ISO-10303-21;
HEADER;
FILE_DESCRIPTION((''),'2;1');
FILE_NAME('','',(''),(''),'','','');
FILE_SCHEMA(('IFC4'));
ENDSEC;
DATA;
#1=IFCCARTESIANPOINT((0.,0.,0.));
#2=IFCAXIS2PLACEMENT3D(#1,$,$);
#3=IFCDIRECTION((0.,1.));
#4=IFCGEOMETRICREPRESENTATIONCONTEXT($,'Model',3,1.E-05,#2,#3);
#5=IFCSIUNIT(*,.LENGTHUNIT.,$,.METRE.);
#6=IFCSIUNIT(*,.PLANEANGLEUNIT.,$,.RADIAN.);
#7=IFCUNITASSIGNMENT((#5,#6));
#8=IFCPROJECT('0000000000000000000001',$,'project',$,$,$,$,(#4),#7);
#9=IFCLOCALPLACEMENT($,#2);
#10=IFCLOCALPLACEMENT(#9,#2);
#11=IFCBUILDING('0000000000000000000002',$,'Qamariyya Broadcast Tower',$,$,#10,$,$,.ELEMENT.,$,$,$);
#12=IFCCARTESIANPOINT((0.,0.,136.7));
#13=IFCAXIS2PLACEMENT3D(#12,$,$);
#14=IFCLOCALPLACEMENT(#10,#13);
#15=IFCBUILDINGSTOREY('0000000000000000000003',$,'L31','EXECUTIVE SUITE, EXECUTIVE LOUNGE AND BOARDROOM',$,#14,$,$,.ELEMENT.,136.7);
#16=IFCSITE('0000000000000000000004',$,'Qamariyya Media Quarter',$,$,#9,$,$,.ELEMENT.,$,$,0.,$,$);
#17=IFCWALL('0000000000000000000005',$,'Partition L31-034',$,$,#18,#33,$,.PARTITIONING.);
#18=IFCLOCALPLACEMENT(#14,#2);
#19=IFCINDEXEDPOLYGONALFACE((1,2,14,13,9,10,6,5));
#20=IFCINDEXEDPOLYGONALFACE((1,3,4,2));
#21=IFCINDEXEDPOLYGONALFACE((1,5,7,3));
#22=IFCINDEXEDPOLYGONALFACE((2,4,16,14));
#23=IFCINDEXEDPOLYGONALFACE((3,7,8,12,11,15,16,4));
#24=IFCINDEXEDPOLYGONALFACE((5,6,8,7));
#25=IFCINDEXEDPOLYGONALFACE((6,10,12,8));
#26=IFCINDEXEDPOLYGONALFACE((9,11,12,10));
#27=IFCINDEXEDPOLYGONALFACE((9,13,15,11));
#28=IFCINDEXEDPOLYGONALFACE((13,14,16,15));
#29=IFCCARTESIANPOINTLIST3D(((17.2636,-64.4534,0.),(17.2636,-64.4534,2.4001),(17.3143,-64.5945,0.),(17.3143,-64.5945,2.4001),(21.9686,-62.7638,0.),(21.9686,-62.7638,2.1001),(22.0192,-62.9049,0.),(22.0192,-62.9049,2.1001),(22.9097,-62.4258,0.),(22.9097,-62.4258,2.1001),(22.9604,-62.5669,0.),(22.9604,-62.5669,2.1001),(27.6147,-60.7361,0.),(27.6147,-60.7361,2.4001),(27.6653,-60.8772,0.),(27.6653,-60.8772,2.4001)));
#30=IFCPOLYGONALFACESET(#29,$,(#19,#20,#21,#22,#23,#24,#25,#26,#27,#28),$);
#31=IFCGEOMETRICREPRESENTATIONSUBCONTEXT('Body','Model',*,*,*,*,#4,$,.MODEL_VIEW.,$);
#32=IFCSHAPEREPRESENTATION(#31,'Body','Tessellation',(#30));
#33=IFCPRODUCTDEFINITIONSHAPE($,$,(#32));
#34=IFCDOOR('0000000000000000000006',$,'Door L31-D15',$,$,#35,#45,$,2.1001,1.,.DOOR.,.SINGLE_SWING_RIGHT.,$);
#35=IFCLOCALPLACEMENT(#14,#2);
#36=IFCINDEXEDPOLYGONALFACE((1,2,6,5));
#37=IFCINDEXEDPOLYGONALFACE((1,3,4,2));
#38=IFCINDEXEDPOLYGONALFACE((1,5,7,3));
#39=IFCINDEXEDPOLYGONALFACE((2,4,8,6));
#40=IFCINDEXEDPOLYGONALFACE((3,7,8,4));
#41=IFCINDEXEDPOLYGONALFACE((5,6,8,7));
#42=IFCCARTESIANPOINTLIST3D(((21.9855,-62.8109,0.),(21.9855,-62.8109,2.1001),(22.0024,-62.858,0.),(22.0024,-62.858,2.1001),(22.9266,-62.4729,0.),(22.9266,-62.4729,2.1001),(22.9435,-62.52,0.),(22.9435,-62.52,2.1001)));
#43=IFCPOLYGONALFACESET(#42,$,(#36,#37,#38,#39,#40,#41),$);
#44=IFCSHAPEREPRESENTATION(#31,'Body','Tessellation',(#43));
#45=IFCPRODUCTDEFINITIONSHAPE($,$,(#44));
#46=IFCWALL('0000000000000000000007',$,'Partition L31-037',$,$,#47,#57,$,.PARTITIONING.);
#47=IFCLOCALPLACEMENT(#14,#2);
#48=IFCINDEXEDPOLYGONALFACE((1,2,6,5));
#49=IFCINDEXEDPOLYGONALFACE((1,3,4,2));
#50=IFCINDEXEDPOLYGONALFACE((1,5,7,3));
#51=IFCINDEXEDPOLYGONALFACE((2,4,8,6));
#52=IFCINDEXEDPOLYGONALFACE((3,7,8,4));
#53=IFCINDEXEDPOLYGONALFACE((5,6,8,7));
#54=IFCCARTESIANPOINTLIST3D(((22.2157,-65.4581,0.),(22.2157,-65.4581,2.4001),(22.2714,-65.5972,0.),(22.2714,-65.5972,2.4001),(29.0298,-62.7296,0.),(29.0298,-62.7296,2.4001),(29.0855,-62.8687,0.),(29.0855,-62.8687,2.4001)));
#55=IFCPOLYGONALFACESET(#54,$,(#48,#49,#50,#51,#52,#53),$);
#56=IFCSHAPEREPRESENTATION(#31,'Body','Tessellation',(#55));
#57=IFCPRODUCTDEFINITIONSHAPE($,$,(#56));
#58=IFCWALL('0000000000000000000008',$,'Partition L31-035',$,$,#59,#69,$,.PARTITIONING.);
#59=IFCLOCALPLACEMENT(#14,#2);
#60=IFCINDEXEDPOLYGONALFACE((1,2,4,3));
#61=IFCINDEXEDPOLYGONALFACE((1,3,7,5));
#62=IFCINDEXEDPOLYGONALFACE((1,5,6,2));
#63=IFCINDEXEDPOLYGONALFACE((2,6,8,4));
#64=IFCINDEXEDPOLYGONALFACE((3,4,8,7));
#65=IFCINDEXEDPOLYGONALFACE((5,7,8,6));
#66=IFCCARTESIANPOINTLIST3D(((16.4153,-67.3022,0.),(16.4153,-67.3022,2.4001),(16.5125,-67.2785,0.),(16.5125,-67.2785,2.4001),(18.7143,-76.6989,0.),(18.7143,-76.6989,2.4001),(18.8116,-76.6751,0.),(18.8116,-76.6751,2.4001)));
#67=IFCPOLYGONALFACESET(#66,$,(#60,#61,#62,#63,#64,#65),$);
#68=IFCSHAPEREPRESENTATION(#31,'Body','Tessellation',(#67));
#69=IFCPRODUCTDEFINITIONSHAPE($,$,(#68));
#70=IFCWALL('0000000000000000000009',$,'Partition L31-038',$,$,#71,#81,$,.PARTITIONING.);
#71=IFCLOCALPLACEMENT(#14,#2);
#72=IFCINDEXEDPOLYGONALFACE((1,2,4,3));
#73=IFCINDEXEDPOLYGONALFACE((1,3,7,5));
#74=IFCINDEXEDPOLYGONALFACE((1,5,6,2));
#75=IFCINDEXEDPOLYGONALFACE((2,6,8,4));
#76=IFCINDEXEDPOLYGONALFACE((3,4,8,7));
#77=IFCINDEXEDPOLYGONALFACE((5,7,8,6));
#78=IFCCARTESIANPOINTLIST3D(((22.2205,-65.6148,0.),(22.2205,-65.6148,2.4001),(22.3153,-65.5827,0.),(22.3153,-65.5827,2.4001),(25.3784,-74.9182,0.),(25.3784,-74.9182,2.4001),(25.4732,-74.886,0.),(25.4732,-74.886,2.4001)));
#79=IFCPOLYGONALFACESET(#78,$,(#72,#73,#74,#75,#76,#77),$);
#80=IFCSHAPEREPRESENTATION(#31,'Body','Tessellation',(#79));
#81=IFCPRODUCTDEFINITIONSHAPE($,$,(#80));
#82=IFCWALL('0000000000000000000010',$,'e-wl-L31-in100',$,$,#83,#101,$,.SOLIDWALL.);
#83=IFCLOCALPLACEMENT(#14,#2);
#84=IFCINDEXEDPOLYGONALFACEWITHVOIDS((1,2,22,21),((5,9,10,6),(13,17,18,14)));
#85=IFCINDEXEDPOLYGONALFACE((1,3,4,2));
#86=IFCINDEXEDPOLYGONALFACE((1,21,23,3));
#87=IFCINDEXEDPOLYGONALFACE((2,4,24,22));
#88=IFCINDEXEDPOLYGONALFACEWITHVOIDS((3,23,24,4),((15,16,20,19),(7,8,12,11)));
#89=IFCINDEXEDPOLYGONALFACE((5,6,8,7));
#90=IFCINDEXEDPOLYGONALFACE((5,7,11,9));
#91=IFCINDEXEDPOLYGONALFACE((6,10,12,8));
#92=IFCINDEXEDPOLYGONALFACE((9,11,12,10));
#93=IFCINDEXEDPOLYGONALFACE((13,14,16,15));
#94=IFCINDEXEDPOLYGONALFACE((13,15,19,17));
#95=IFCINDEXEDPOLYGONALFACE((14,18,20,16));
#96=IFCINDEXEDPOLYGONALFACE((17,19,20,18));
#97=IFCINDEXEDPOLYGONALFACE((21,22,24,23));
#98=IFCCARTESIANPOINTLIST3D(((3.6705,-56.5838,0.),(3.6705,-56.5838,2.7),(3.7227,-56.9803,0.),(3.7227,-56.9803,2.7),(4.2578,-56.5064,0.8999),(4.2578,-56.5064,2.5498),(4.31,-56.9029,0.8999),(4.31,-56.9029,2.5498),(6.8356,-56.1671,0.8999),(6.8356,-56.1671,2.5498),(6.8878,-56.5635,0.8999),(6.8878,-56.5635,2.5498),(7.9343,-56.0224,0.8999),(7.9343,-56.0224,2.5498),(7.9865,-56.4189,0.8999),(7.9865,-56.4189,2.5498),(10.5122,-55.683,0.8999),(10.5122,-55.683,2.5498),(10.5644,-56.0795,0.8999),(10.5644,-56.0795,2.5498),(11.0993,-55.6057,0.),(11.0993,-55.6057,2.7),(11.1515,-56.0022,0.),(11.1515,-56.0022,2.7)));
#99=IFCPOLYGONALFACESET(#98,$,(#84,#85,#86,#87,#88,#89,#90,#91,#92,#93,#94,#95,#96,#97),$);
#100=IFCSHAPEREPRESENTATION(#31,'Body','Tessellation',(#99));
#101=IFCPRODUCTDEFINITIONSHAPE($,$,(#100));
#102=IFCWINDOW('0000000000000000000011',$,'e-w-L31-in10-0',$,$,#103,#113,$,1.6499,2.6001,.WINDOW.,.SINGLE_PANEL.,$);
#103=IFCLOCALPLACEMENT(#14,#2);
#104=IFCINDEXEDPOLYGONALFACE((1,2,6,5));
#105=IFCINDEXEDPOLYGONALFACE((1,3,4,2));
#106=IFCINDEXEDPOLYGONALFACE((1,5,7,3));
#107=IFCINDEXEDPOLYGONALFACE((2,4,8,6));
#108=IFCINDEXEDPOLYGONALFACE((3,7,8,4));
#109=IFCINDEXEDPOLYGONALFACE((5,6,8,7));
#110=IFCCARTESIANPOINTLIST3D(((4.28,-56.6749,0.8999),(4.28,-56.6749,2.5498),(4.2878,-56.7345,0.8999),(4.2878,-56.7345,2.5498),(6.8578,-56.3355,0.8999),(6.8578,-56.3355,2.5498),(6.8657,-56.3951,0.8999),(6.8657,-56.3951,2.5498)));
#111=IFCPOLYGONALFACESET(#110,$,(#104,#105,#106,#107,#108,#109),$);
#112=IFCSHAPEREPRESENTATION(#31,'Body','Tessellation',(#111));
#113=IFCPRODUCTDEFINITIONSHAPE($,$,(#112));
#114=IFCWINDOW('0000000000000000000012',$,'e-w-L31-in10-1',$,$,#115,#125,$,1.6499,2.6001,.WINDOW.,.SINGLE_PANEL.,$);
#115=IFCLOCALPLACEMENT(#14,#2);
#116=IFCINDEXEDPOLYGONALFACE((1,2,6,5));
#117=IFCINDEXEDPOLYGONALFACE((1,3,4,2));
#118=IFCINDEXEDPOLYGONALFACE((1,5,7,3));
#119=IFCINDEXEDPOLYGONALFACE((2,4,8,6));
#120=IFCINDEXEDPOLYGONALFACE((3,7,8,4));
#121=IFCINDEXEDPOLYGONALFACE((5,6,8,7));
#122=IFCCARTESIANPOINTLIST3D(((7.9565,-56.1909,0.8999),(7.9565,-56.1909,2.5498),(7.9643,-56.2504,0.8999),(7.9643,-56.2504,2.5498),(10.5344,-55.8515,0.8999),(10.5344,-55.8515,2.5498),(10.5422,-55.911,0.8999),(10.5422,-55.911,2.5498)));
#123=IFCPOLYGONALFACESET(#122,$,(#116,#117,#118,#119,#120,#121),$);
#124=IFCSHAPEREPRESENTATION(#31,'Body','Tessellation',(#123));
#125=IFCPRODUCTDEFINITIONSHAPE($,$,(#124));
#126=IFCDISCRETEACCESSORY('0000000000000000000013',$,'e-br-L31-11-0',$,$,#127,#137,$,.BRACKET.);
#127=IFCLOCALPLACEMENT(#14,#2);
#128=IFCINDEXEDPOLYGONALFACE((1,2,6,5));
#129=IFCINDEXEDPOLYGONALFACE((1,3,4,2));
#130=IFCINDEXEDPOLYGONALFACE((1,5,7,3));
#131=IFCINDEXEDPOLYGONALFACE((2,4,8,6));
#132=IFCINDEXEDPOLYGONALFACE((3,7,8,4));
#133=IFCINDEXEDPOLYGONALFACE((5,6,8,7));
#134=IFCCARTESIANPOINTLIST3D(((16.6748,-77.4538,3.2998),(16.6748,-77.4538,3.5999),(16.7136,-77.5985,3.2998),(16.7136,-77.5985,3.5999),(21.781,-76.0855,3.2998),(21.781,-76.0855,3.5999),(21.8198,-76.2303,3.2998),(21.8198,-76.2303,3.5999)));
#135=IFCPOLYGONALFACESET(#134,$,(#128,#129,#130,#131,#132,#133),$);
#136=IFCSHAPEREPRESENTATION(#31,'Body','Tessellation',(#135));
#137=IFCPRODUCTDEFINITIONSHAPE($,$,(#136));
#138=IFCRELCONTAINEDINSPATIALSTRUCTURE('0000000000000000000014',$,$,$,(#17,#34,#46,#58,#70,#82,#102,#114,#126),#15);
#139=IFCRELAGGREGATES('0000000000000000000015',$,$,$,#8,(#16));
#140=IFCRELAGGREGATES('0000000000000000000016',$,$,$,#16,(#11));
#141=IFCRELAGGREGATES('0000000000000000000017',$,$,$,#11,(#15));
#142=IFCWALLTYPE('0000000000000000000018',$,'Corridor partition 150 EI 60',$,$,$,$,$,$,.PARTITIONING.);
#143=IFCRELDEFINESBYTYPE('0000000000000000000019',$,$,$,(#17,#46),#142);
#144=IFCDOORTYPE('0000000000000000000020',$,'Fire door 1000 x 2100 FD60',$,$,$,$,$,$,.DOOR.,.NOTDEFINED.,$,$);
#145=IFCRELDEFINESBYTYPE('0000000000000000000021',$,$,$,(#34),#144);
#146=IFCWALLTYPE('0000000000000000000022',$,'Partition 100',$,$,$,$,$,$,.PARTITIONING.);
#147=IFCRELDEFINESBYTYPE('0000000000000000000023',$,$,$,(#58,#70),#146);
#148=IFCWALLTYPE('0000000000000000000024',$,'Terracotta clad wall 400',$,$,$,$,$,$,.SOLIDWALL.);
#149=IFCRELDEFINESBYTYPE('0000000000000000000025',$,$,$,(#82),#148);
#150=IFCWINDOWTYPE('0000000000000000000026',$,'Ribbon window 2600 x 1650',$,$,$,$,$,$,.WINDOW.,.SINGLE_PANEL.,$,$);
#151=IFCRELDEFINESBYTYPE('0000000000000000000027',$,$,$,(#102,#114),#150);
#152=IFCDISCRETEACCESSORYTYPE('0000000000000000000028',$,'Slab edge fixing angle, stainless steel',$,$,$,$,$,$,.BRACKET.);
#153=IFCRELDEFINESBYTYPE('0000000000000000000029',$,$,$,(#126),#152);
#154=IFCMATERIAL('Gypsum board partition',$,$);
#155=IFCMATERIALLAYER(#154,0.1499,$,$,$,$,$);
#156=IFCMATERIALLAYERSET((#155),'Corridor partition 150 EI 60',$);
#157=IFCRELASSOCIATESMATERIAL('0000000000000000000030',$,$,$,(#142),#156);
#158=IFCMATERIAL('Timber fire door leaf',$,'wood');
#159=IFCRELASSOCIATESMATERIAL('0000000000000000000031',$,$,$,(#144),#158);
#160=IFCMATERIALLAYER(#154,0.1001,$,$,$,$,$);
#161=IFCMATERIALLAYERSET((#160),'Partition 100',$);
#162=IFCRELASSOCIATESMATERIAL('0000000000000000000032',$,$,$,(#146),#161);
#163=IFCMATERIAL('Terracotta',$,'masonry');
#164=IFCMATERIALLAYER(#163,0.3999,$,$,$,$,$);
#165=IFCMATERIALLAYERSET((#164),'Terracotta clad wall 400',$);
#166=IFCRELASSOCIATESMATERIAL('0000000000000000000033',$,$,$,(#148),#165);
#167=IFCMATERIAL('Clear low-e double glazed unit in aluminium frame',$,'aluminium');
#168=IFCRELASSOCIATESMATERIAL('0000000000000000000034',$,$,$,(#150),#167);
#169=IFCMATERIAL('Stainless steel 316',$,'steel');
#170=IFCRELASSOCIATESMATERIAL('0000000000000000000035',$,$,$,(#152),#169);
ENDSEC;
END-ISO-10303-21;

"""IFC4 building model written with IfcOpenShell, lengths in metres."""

from ifc_helpers import new_model, si_unit, direction, frame, frame_2d, origin, origin_2d, place, context, subcontext, project, spatial, rectangle, extrude, material, layer, layer_set, type_object, element, fill, save


model = new_model("IFC4")

# Units and contexts
model_context = context("Model", 3, precision=1e-05, world=origin(), true_north=direction((0.0, 1.0)))
body_context = subcontext(model_context, "Body", "Model", "MODEL_VIEW")
ifc_project = project(units=[si_unit("LENGTHUNIT", "METRE"), si_unit("PLANEANGLEUNIT", "RADIAN")], contexts=[model_context])

# Site, building, storey
site_placement = place(None, origin())
site = spatial("IfcSite", under=ifc_project, at=site_placement, Name="Qamariyya Media Quarter", CompositionType="ELEMENT", RefElevation=0.0)
building_placement = place(site_placement, origin())
building = spatial("IfcBuilding", under=site, at=building_placement, Name="Qamariyya Broadcast Tower", CompositionType="ELEMENT")
storey_placement = place(building_placement, frame((0.0, 0.0, 136.7)))
storey = spatial("IfcBuildingStorey", under=building, at=storey_placement, Name="L31", Description="EXECUTIVE SUITE, EXECUTIVE LOUNGE AND BOARDROOM", CompositionType="ELEMENT", Elevation=136.7)

# Wall, opening, door
ifc_material_1 = material(Name="Gypsum board partition")
ifc_layer_1 = layer(ifc_material_1, 0.1499)
ifc_layer_set_1 = layer_set([ifc_layer_1], Name="Corridor partition 150 EI 60")
wall_type_1 = type_object("IfcWallType", Name="Corridor partition 150 EI 60", PredefinedType="PARTITIONING", material=ifc_layer_set_1)
ifc_material_2 = material(Name="Timber fire door leaf", Category="wood")
door_type = type_object("IfcDoorType", Name="Fire door 1000 x 2100 FD60", OperationType="NOTDEFINED", PredefinedType="DOOR", material=ifc_material_2)
wall_1_placement = place(storey_placement, frame((17.2891, -64.5239, 0.0), z_axis=(0.0, 0.0, 1.0), x_axis=(0.941151, 0.337987, 0.0)))
wall_1 = element("IfcWall", 1, at=wall_1_placement, inside=storey, type_object=wall_type_1, Name="Partition L31-034", PredefinedType="PARTITIONING", context=body_context, shape_type="SweptSolid", body=[
    extrude(rectangle(XDim=10.9983, YDim=0.1499, at=frame_2d((5.499, 0.0))), origin(), (0.0, 0.0, 1.0), 2.4001),
])
opening_1_placement = place(wall_1_placement, frame((4.999, 0.0, 0.0)))
opening_1 = element("IfcOpeningElement", 2, at=opening_1_placement, cuts=wall_1, PredefinedType="OPENING", context=body_context, shape_type="SweptSolid", body=[
    extrude(rectangle(XDim=1.0, YDim=2.1001, at=frame_2d((0.5, 1.05))), frame((0.0, 0.085, 0.0), z_axis=(0.0, -1.0, 0.0), x_axis=(1.0, 0.0, 0.0)), (0.0, 0.0, 1.0), 0.1699),
])
door_1_placement = place(opening_1_placement, origin())
door_1 = element("IfcDoor", 3, at=door_1_placement, inside=storey, type_object=door_type, Name="Door L31-D15", OperationType="SINGLE_SWING_RIGHT", OverallHeight=2.1001, OverallWidth=1.0, PredefinedType="DOOR", context=body_context, shape_type="SweptSolid", body=[
    extrude(rectangle(XDim=1.0, YDim=2.1001, at=frame_2d((0.5, 1.05))), frame((0.0, 0.0249, 0.0), z_axis=(0.0, -1.0, 0.0), x_axis=(1.0, 0.0, 0.0)), (0.0, 0.0, 1.0), 0.05),
])
fill(opening_1, door_1)

# Walls
wall_2_placement = place(storey_placement, frame((22.2437, -65.5276, 0.0), z_axis=(0.0, 0.0, 1.0), x_axis=(0.928344, 0.371723, 0.0)))
element("IfcWall", 4, at=wall_2_placement, inside=storey, type_object=wall_type_1, Name="Partition L31-037", PredefinedType="PARTITIONING", context=body_context, shape_type="SweptSolid", body=[
    extrude(rectangle(XDim=7.3401, YDim=0.1499, at=frame_2d((3.6699, 0.0))), origin(), (0.0, 0.0, 1.0), 2.4001),
])
ifc_layer_2 = layer(ifc_material_1, 0.1001)
ifc_layer_set_2 = layer_set([ifc_layer_2], Name="Partition 100")
wall_type_2 = type_object("IfcWallType", Name="Partition 100", PredefinedType="PARTITIONING", material=ifc_layer_set_2)
wall_3_placement = place(storey_placement, frame((18.7629, -76.687, 0.0), z_axis=(0.0, 0.0, 1.0), x_axis=(-0.237657, 0.971349, 0.0)))
element("IfcWall", 5, at=wall_3_placement, inside=storey, type_object=wall_type_2, Name="Partition L31-035", PredefinedType="PARTITIONING", context=body_context, shape_type="SweptSolid", body=[
    extrude(rectangle(XDim=9.6738, YDim=0.1001, at=frame_2d((4.8369, 0.0))), origin(), (0.0, 0.0, 1.0), 2.4001),
])
wall_4_placement = place(storey_placement, frame((25.4258, -74.9021, 0.0), z_axis=(0.0, 0.0, 1.0), x_axis=(-0.321426, 0.946935, 0.0)))
element("IfcWall", 6, at=wall_4_placement, inside=storey, type_object=wall_type_2, Name="Partition L31-038", PredefinedType="PARTITIONING", context=body_context, shape_type="SweptSolid", body=[
    extrude(rectangle(XDim=9.8247, YDim=0.1001, at=frame_2d((4.9124, 0.0))), origin(), (0.0, 0.0, 1.0), 2.4001),
])

# Wall, openings, windows
ifc_material_3 = material(Name="Terracotta", Category="masonry")
ifc_layer_3 = layer(ifc_material_3, 0.3999)
ifc_layer_set_3 = layer_set([ifc_layer_3], Name="Terracotta clad wall 400")
wall_type_3 = type_object("IfcWallType", Name="Terracotta clad wall 400", PredefinedType="SOLIDWALL", material=ifc_layer_set_3)
wall_5_placement = place(storey_placement, frame((11.1255, -55.804, 0.0), z_axis=(0.0, 0.0, 1.0), x_axis=(-0.991445, -0.130529, 0.0)))
wall_5 = element("IfcWall", 7, at=wall_5_placement, inside=storey, type_object=wall_type_3, Name="e-wl-L31-in100", PredefinedType="SOLIDWALL", context=body_context, shape_type="SweptSolid", body=[
    extrude(rectangle(XDim=7.4929, YDim=0.3999, at=frame_2d((3.7466, 0.0))), origin(), (0.0, 0.0, 1.0), 2.7),
])
opening_2_placement = place(wall_5_placement, frame((4.3005, 0.0, 0.8999)))
opening_2 = element("IfcOpeningElement", 8, at=opening_2_placement, cuts=wall_5, PredefinedType="OPENING", context=body_context, shape_type="SweptSolid", body=[
    extrude(rectangle(XDim=2.6001, YDim=1.6499, at=frame_2d((1.3, 0.825))), frame((0.0, 0.21, 0.0), z_axis=(0.0, -1.0, 0.0), x_axis=(1.0, 0.0, 0.0)), (0.0, 0.0, 1.0), 0.4199),
])
opening_3_placement = place(wall_5_placement, frame((0.5923, 0.0, 0.8999)))
opening_3 = element("IfcOpeningElement", 9, at=opening_3_placement, cuts=wall_5, PredefinedType="OPENING", context=body_context, shape_type="SweptSolid", body=[
    extrude(rectangle(XDim=2.6001, YDim=1.6499, at=frame_2d((1.3, 0.825))), frame((0.0, 0.21, 0.0), z_axis=(0.0, -1.0, 0.0), x_axis=(1.0, 0.0, 0.0)), (0.0, 0.0, 1.0), 0.4199),
])
ifc_material_4 = material(Name="Clear low-e double glazed unit in aluminium frame", Category="aluminium")
window_type = type_object("IfcWindowType", Name="Ribbon window 2600 x 1650", PartitioningType="SINGLE_PANEL", PredefinedType="WINDOW", material=ifc_material_4)
window_1_placement = place(opening_2_placement, origin())
window_1 = element("IfcWindow", 10, at=window_1_placement, inside=storey, type_object=window_type, Name="e-w-L31-in10-0", OverallHeight=1.6499, OverallWidth=2.6001, PartitioningType="SINGLE_PANEL", PredefinedType="WINDOW", context=body_context, shape_type="SweptSolid", body=[
    extrude(rectangle(XDim=2.6001, YDim=1.6499, at=frame_2d((1.3, 0.825))), frame((0.0, 0.03, 0.0), z_axis=(0.0, -1.0, 0.0), x_axis=(1.0, 0.0, 0.0)), (0.0, 0.0, 1.0), 0.0601),
])
fill(opening_2, window_1)
window_2_placement = place(opening_3_placement, origin())
window_2 = element("IfcWindow", 11, at=window_2_placement, inside=storey, type_object=window_type, Name="e-w-L31-in10-1", OverallHeight=1.6499, OverallWidth=2.6001, PartitioningType="SINGLE_PANEL", PredefinedType="WINDOW", context=body_context, shape_type="SweptSolid", body=[
    extrude(rectangle(XDim=2.6001, YDim=1.6499, at=frame_2d((1.3, 0.825))), frame((0.0, 0.03, 0.0), z_axis=(0.0, -1.0, 0.0), x_axis=(1.0, 0.0, 0.0)), (0.0, 0.0, 1.0), 0.0601),
])
fill(opening_3, window_2)

# Discrete accessory
ifc_material_5 = material(Name="Stainless steel 316", Category="steel")
discrete_accessory_type = type_object("IfcDiscreteAccessoryType", Name="Slab edge fixing angle, stainless steel", PredefinedType="BRACKET", material=ifc_material_5)
discrete_accessory_placement = place(storey_placement, frame((19.2473, -76.842, 3.2998), z_axis=(0.0, 0.0, 1.0), x_axis=(0.965926, 0.258819, 0.0)))
element("IfcDiscreteAccessory", 12, at=discrete_accessory_placement, inside=storey, type_object=discrete_accessory_type, Name="e-br-L31-11-0", PredefinedType="BRACKET", context=body_context, shape_type="SweptSolid", body=[
    extrude(rectangle(XDim=5.2864, YDim=0.1499, at=origin_2d()), origin(), (0.0, 0.0, 1.0), 0.3),
])

save(model, "model.ifc")
